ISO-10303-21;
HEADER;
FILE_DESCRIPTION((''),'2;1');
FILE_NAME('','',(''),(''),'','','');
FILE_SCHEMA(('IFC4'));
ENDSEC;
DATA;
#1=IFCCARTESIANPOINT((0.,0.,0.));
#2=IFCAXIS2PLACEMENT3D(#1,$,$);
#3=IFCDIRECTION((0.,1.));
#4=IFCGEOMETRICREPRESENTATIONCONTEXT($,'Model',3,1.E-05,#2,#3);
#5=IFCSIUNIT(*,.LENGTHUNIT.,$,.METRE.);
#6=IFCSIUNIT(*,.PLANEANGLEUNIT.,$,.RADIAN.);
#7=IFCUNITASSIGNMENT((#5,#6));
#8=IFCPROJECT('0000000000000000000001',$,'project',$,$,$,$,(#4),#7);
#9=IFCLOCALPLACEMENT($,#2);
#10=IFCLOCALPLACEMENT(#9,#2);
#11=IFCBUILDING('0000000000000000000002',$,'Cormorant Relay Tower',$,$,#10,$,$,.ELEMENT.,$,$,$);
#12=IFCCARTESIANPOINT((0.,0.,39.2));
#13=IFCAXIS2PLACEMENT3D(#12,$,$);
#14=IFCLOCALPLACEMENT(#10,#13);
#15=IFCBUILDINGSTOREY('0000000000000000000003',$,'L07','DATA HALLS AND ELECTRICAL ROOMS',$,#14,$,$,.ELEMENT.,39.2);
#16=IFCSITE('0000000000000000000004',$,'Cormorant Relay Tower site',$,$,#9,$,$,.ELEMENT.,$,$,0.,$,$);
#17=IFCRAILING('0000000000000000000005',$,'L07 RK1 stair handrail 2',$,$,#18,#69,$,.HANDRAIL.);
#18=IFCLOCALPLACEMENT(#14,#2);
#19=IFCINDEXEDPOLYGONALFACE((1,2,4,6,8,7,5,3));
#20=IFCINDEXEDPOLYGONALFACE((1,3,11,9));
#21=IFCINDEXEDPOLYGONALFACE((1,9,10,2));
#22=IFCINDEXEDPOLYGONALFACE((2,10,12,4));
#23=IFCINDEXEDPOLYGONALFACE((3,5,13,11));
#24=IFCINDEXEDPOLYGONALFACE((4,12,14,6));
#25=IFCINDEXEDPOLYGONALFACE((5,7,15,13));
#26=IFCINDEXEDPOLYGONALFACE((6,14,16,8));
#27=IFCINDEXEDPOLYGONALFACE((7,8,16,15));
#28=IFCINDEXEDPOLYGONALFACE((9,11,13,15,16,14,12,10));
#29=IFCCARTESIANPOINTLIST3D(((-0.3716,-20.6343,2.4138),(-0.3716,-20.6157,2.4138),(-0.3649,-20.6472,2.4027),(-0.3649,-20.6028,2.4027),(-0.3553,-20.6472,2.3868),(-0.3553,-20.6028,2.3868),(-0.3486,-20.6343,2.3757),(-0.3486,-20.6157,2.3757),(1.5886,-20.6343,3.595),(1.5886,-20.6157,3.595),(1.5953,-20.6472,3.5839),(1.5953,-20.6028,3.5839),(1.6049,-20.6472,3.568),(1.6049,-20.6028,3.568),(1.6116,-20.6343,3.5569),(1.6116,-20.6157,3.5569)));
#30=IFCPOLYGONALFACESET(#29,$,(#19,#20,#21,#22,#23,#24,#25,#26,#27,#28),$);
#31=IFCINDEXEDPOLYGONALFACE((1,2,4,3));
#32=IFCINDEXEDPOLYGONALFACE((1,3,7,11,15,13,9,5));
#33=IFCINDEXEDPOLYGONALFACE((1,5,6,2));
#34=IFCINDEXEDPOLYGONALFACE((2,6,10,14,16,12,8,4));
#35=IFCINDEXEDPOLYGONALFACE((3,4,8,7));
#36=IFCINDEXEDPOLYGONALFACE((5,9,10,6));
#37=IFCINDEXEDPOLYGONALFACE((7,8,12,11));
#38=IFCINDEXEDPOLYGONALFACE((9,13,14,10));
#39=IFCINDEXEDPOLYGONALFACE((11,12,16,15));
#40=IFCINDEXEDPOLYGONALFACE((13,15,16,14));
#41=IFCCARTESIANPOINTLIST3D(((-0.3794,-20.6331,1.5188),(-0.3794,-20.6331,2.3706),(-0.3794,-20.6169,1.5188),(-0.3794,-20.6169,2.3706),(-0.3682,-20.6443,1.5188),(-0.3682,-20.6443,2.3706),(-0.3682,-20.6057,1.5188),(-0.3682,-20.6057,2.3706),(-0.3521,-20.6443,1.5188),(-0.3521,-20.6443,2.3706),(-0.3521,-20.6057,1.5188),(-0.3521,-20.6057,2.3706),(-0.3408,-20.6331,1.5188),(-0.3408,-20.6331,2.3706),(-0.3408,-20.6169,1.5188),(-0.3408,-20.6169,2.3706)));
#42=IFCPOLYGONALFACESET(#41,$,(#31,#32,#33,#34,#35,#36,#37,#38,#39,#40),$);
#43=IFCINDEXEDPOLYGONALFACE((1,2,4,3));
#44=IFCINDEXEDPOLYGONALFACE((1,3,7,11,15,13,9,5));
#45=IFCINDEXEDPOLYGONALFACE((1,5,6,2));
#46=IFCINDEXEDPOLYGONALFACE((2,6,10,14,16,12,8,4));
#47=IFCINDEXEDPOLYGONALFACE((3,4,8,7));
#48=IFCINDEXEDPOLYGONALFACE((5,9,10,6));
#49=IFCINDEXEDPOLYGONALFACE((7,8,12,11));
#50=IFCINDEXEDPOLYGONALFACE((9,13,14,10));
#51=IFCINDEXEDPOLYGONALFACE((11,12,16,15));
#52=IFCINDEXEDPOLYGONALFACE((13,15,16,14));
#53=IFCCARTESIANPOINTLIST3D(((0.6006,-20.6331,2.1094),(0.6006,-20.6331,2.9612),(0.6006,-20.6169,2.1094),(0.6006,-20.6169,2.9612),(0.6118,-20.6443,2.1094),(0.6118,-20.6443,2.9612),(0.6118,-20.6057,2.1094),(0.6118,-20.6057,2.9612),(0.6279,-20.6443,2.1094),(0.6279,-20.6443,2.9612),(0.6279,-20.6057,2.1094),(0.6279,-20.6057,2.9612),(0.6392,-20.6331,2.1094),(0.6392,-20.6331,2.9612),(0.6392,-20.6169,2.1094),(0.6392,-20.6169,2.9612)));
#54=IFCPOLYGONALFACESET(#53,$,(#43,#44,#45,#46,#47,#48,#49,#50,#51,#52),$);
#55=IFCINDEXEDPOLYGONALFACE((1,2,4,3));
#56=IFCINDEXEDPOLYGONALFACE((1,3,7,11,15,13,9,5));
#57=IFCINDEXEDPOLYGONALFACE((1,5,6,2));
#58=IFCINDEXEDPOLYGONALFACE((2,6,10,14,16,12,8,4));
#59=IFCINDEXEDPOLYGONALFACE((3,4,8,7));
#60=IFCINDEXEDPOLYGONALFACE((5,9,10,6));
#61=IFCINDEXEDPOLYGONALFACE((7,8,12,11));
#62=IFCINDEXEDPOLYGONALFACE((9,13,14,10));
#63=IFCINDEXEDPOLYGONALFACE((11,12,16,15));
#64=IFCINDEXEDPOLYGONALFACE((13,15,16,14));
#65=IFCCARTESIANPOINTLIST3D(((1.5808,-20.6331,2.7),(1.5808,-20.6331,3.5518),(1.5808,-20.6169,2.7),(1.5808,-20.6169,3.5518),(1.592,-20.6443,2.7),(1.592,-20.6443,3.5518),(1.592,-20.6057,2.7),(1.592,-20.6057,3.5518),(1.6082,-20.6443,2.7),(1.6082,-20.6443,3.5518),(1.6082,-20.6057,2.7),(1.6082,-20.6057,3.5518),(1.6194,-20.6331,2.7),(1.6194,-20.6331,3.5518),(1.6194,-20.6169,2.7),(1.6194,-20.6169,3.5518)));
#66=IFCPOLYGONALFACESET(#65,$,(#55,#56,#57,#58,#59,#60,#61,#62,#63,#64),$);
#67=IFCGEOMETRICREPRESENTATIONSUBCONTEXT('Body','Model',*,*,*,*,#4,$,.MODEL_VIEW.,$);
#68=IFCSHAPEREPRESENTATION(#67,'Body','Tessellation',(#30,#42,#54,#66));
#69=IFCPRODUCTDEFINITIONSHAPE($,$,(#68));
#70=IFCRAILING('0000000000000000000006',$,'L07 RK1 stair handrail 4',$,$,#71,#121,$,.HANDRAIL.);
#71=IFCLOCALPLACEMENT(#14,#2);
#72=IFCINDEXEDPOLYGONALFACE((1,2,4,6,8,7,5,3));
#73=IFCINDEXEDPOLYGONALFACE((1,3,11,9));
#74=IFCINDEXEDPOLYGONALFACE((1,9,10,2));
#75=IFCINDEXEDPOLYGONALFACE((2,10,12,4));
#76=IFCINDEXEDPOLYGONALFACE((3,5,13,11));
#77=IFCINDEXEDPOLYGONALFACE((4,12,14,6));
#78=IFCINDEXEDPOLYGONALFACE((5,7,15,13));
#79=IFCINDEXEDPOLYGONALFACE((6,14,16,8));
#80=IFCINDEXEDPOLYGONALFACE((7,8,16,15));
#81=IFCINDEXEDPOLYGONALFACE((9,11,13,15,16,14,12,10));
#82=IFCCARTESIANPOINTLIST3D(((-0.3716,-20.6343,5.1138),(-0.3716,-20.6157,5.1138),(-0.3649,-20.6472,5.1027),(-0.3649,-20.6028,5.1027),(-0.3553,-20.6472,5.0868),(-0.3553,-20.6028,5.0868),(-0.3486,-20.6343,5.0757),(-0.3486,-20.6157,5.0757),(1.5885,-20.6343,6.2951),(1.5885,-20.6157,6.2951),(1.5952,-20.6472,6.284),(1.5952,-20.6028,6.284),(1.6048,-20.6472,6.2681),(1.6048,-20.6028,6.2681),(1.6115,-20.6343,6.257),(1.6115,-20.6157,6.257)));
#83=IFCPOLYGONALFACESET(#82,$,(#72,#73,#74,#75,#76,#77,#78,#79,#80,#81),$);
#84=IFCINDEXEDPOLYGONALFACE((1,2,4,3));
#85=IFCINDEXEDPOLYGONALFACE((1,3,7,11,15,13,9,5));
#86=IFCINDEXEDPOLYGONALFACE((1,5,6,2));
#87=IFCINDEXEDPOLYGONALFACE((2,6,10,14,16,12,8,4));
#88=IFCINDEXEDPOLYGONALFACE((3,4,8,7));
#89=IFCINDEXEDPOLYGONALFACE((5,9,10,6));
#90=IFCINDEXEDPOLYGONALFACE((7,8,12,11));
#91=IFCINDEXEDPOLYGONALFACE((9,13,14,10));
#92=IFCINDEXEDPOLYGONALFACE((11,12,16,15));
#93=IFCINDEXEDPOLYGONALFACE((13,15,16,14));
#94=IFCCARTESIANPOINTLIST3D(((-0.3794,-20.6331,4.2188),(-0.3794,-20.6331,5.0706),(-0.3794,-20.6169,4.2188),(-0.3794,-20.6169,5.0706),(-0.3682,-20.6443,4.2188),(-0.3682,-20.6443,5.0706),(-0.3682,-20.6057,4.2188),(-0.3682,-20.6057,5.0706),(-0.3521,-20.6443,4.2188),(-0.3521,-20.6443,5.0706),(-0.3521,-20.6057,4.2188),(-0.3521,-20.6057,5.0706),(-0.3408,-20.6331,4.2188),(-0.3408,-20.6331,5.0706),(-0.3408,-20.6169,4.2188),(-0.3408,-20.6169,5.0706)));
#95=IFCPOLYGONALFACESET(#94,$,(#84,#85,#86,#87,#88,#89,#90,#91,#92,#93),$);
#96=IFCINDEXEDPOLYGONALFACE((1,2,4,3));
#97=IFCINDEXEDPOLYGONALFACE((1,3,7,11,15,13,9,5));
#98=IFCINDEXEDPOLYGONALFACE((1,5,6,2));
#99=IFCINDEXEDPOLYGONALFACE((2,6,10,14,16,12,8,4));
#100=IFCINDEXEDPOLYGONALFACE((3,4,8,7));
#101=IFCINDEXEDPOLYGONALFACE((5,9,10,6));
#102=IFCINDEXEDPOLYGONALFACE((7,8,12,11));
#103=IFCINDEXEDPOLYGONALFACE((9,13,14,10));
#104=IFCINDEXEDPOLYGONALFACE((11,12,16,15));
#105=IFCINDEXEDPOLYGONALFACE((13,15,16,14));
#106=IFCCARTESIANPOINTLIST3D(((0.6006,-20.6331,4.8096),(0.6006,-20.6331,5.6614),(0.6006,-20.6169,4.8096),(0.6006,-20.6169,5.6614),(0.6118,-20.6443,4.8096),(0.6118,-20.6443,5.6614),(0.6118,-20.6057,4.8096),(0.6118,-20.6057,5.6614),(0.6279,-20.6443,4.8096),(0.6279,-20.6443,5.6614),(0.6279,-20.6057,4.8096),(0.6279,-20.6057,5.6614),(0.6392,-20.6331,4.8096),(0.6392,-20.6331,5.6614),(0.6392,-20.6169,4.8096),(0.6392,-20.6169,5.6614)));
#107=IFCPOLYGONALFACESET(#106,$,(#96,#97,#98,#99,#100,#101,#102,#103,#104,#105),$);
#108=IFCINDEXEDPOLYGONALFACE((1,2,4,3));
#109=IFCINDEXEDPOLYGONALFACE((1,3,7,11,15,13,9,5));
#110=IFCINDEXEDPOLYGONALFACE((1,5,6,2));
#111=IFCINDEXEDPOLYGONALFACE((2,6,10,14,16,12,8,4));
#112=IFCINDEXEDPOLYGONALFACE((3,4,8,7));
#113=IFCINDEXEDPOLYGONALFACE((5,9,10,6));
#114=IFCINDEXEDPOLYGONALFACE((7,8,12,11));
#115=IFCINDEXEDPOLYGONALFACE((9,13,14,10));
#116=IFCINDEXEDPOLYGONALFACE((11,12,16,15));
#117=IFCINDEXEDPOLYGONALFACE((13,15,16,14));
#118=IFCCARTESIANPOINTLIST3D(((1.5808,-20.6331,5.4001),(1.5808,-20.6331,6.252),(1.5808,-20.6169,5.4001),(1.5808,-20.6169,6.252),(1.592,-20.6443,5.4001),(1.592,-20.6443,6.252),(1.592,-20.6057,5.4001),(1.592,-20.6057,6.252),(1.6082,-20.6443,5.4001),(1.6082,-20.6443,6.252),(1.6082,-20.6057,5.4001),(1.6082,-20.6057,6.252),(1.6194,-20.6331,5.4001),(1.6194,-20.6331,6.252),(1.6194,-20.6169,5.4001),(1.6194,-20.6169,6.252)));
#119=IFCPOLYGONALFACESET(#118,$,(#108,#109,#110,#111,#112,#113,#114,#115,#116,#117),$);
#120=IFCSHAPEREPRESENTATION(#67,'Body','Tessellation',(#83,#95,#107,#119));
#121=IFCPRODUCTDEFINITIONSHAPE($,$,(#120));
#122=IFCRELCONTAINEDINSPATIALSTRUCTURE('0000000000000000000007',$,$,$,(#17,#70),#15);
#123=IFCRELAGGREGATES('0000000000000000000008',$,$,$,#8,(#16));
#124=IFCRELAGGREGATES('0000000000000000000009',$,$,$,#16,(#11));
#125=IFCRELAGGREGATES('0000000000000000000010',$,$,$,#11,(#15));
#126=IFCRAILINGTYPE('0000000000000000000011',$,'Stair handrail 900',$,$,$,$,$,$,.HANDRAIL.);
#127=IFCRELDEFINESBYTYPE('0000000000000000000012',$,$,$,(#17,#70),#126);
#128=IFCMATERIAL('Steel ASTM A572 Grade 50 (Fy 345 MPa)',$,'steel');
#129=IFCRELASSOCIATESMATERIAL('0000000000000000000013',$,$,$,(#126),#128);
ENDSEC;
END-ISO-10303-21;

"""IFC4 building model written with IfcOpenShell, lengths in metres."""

from ifc_helpers import new_model, si_unit, direction, frame, origin, place, context, subcontext, project, spatial, polyline, outline, extrude, material, type_object, element, save


model = new_model("IFC4")

# Units and contexts
model_context = context("Model", 3, precision=1e-05, world=origin(), true_north=direction((0.0, 1.0)))
body_context = subcontext(model_context, "Body", "Model", "MODEL_VIEW")
ifc_project = project(units=[si_unit("LENGTHUNIT", "METRE"), si_unit("PLANEANGLEUNIT", "RADIAN")], contexts=[model_context])

# Site, building, storey
site_placement = place(None, origin())
site = spatial("IfcSite", under=ifc_project, at=site_placement, Name="Cormorant Relay Tower site", CompositionType="ELEMENT", RefElevation=0.0)
building_placement = place(site_placement, origin())
building = spatial("IfcBuilding", under=site, at=building_placement, Name="Cormorant Relay Tower", CompositionType="ELEMENT")
storey_placement = place(building_placement, frame((0.0, 0.0, 39.2)))
storey = spatial("IfcBuildingStorey", under=building, at=storey_placement, Name="L07", Description="DATA HALLS AND ELECTRICAL ROOMS", CompositionType="ELEMENT", Elevation=39.2)

# Railings
ifc_material_1 = material(Name="Steel ASTM A572 Grade 50 (Fy 345 MPa)", Category="steel")
railing_type_1 = type_object("IfcRailingType", Name="Stair handrail 900", PredefinedType="HANDRAIL", material=ifc_material_1)
railing_1_placement = place(storey_placement, frame((-0.3601, -20.625, 1.5188)))
element("IfcRailing", 1, at=railing_1_placement, inside=storey, type_object=railing_type_1, Name="L07 RK1 stair handrail 2", PredefinedType="HANDRAIL", context=body_context, shape_type="SweptSolid", body=[
    extrude(outline(polyline([(0.0222, 0.0093), (0.0093, 0.0222), (-0.0093, 0.0222), (-0.0222, 0.0093), (-0.0222, -0.0093), (-0.0093, -0.0222), (0.0093, -0.0222), (0.0222, -0.0093), (0.0222, 0.0093)])), frame((0.0, 0.0, 0.876), z_axis=(0.856522, 0.0, 0.516111), x_axis=(0.0, 1.0, 0.0)), (0.0, 0.0, 1.0), 2.2886),
    extrude(outline(polyline([(0.0193, 0.0081), (0.0081, 0.0193), (-0.0081, 0.0193), (-0.0193, 0.0081), (-0.0193, -0.0081), (-0.0081, -0.0193), (0.0081, -0.0193), (0.0193, -0.0081), (0.0193, 0.0081)])), origin(), (0.0, 0.0, 1.0), 0.8518),
    extrude(outline(polyline([(0.0193, 0.0081), (0.0081, 0.0193), (-0.0081, 0.0193), (-0.0193, 0.0081), (-0.0193, -0.0081), (-0.0081, -0.0193), (0.0081, -0.0193), (0.0193, -0.0081), (0.0193, 0.0081)])), frame((0.98, 0.0, 0.5906)), (0.0, 0.0, 1.0), 0.8518),
    extrude(outline(polyline([(0.0193, 0.0081), (0.0081, 0.0193), (-0.0081, 0.0193), (-0.0193, 0.0081), (-0.0193, -0.0081), (-0.0081, -0.0193), (0.0081, -0.0193), (0.0193, -0.0081), (0.0193, 0.0081)])), frame((1.9602, 0.0, 1.1812)), (0.0, 0.0, 1.0), 0.8518),
])
railing_2_placement = place(storey_placement, frame((-0.3601, -20.625, 4.2188)))
element("IfcRailing", 2, at=railing_2_placement, inside=storey, type_object=railing_type_1, Name="L07 RK1 stair handrail 4", PredefinedType="HANDRAIL", context=body_context, shape_type="SweptSolid", body=[
    extrude(outline(polyline([(0.0222, 0.0093), (0.0093, 0.0222), (-0.0093, 0.0222), (-0.0222, 0.0093), (-0.0222, -0.0093), (-0.0093, -0.0222), (0.0093, -0.0222), (0.0222, -0.0093), (0.0222, 0.0093)])), frame((0.0, 0.0, 0.876), z_axis=(0.856475, 0.0, 0.516189), x_axis=(0.0, 1.0, 0.0)), (0.0, 0.0, 1.0), 2.2886),
    extrude(outline(polyline([(0.0193, 0.0081), (0.0081, 0.0193), (-0.0081, 0.0193), (-0.0193, 0.0081), (-0.0193, -0.0081), (-0.0081, -0.0193), (0.0081, -0.0193), (0.0193, -0.0081), (0.0193, 0.0081)])), origin(), (0.0, 0.0, 1.0), 0.8518),
    extrude(outline(polyline([(0.0193, 0.0081), (0.0081, 0.0193), (-0.0081, 0.0193), (-0.0193, 0.0081), (-0.0193, -0.0081), (-0.0081, -0.0193), (0.0081, -0.0193), (0.0193, -0.0081), (0.0193, 0.0081)])), frame((0.98, 0.0, 0.5908)), (0.0, 0.0, 1.0), 0.8518),
    extrude(outline(polyline([(0.0193, 0.0081), (0.0081, 0.0193), (-0.0081, 0.0193), (-0.0193, 0.0081), (-0.0193, -0.0081), (-0.0081, -0.0193), (0.0081, -0.0193), (0.0193, -0.0081), (0.0193, 0.0081)])), frame((1.9602, 0.0, 1.1814)), (0.0, 0.0, 1.0), 0.8518),
])

save(model, "model.ifc")
